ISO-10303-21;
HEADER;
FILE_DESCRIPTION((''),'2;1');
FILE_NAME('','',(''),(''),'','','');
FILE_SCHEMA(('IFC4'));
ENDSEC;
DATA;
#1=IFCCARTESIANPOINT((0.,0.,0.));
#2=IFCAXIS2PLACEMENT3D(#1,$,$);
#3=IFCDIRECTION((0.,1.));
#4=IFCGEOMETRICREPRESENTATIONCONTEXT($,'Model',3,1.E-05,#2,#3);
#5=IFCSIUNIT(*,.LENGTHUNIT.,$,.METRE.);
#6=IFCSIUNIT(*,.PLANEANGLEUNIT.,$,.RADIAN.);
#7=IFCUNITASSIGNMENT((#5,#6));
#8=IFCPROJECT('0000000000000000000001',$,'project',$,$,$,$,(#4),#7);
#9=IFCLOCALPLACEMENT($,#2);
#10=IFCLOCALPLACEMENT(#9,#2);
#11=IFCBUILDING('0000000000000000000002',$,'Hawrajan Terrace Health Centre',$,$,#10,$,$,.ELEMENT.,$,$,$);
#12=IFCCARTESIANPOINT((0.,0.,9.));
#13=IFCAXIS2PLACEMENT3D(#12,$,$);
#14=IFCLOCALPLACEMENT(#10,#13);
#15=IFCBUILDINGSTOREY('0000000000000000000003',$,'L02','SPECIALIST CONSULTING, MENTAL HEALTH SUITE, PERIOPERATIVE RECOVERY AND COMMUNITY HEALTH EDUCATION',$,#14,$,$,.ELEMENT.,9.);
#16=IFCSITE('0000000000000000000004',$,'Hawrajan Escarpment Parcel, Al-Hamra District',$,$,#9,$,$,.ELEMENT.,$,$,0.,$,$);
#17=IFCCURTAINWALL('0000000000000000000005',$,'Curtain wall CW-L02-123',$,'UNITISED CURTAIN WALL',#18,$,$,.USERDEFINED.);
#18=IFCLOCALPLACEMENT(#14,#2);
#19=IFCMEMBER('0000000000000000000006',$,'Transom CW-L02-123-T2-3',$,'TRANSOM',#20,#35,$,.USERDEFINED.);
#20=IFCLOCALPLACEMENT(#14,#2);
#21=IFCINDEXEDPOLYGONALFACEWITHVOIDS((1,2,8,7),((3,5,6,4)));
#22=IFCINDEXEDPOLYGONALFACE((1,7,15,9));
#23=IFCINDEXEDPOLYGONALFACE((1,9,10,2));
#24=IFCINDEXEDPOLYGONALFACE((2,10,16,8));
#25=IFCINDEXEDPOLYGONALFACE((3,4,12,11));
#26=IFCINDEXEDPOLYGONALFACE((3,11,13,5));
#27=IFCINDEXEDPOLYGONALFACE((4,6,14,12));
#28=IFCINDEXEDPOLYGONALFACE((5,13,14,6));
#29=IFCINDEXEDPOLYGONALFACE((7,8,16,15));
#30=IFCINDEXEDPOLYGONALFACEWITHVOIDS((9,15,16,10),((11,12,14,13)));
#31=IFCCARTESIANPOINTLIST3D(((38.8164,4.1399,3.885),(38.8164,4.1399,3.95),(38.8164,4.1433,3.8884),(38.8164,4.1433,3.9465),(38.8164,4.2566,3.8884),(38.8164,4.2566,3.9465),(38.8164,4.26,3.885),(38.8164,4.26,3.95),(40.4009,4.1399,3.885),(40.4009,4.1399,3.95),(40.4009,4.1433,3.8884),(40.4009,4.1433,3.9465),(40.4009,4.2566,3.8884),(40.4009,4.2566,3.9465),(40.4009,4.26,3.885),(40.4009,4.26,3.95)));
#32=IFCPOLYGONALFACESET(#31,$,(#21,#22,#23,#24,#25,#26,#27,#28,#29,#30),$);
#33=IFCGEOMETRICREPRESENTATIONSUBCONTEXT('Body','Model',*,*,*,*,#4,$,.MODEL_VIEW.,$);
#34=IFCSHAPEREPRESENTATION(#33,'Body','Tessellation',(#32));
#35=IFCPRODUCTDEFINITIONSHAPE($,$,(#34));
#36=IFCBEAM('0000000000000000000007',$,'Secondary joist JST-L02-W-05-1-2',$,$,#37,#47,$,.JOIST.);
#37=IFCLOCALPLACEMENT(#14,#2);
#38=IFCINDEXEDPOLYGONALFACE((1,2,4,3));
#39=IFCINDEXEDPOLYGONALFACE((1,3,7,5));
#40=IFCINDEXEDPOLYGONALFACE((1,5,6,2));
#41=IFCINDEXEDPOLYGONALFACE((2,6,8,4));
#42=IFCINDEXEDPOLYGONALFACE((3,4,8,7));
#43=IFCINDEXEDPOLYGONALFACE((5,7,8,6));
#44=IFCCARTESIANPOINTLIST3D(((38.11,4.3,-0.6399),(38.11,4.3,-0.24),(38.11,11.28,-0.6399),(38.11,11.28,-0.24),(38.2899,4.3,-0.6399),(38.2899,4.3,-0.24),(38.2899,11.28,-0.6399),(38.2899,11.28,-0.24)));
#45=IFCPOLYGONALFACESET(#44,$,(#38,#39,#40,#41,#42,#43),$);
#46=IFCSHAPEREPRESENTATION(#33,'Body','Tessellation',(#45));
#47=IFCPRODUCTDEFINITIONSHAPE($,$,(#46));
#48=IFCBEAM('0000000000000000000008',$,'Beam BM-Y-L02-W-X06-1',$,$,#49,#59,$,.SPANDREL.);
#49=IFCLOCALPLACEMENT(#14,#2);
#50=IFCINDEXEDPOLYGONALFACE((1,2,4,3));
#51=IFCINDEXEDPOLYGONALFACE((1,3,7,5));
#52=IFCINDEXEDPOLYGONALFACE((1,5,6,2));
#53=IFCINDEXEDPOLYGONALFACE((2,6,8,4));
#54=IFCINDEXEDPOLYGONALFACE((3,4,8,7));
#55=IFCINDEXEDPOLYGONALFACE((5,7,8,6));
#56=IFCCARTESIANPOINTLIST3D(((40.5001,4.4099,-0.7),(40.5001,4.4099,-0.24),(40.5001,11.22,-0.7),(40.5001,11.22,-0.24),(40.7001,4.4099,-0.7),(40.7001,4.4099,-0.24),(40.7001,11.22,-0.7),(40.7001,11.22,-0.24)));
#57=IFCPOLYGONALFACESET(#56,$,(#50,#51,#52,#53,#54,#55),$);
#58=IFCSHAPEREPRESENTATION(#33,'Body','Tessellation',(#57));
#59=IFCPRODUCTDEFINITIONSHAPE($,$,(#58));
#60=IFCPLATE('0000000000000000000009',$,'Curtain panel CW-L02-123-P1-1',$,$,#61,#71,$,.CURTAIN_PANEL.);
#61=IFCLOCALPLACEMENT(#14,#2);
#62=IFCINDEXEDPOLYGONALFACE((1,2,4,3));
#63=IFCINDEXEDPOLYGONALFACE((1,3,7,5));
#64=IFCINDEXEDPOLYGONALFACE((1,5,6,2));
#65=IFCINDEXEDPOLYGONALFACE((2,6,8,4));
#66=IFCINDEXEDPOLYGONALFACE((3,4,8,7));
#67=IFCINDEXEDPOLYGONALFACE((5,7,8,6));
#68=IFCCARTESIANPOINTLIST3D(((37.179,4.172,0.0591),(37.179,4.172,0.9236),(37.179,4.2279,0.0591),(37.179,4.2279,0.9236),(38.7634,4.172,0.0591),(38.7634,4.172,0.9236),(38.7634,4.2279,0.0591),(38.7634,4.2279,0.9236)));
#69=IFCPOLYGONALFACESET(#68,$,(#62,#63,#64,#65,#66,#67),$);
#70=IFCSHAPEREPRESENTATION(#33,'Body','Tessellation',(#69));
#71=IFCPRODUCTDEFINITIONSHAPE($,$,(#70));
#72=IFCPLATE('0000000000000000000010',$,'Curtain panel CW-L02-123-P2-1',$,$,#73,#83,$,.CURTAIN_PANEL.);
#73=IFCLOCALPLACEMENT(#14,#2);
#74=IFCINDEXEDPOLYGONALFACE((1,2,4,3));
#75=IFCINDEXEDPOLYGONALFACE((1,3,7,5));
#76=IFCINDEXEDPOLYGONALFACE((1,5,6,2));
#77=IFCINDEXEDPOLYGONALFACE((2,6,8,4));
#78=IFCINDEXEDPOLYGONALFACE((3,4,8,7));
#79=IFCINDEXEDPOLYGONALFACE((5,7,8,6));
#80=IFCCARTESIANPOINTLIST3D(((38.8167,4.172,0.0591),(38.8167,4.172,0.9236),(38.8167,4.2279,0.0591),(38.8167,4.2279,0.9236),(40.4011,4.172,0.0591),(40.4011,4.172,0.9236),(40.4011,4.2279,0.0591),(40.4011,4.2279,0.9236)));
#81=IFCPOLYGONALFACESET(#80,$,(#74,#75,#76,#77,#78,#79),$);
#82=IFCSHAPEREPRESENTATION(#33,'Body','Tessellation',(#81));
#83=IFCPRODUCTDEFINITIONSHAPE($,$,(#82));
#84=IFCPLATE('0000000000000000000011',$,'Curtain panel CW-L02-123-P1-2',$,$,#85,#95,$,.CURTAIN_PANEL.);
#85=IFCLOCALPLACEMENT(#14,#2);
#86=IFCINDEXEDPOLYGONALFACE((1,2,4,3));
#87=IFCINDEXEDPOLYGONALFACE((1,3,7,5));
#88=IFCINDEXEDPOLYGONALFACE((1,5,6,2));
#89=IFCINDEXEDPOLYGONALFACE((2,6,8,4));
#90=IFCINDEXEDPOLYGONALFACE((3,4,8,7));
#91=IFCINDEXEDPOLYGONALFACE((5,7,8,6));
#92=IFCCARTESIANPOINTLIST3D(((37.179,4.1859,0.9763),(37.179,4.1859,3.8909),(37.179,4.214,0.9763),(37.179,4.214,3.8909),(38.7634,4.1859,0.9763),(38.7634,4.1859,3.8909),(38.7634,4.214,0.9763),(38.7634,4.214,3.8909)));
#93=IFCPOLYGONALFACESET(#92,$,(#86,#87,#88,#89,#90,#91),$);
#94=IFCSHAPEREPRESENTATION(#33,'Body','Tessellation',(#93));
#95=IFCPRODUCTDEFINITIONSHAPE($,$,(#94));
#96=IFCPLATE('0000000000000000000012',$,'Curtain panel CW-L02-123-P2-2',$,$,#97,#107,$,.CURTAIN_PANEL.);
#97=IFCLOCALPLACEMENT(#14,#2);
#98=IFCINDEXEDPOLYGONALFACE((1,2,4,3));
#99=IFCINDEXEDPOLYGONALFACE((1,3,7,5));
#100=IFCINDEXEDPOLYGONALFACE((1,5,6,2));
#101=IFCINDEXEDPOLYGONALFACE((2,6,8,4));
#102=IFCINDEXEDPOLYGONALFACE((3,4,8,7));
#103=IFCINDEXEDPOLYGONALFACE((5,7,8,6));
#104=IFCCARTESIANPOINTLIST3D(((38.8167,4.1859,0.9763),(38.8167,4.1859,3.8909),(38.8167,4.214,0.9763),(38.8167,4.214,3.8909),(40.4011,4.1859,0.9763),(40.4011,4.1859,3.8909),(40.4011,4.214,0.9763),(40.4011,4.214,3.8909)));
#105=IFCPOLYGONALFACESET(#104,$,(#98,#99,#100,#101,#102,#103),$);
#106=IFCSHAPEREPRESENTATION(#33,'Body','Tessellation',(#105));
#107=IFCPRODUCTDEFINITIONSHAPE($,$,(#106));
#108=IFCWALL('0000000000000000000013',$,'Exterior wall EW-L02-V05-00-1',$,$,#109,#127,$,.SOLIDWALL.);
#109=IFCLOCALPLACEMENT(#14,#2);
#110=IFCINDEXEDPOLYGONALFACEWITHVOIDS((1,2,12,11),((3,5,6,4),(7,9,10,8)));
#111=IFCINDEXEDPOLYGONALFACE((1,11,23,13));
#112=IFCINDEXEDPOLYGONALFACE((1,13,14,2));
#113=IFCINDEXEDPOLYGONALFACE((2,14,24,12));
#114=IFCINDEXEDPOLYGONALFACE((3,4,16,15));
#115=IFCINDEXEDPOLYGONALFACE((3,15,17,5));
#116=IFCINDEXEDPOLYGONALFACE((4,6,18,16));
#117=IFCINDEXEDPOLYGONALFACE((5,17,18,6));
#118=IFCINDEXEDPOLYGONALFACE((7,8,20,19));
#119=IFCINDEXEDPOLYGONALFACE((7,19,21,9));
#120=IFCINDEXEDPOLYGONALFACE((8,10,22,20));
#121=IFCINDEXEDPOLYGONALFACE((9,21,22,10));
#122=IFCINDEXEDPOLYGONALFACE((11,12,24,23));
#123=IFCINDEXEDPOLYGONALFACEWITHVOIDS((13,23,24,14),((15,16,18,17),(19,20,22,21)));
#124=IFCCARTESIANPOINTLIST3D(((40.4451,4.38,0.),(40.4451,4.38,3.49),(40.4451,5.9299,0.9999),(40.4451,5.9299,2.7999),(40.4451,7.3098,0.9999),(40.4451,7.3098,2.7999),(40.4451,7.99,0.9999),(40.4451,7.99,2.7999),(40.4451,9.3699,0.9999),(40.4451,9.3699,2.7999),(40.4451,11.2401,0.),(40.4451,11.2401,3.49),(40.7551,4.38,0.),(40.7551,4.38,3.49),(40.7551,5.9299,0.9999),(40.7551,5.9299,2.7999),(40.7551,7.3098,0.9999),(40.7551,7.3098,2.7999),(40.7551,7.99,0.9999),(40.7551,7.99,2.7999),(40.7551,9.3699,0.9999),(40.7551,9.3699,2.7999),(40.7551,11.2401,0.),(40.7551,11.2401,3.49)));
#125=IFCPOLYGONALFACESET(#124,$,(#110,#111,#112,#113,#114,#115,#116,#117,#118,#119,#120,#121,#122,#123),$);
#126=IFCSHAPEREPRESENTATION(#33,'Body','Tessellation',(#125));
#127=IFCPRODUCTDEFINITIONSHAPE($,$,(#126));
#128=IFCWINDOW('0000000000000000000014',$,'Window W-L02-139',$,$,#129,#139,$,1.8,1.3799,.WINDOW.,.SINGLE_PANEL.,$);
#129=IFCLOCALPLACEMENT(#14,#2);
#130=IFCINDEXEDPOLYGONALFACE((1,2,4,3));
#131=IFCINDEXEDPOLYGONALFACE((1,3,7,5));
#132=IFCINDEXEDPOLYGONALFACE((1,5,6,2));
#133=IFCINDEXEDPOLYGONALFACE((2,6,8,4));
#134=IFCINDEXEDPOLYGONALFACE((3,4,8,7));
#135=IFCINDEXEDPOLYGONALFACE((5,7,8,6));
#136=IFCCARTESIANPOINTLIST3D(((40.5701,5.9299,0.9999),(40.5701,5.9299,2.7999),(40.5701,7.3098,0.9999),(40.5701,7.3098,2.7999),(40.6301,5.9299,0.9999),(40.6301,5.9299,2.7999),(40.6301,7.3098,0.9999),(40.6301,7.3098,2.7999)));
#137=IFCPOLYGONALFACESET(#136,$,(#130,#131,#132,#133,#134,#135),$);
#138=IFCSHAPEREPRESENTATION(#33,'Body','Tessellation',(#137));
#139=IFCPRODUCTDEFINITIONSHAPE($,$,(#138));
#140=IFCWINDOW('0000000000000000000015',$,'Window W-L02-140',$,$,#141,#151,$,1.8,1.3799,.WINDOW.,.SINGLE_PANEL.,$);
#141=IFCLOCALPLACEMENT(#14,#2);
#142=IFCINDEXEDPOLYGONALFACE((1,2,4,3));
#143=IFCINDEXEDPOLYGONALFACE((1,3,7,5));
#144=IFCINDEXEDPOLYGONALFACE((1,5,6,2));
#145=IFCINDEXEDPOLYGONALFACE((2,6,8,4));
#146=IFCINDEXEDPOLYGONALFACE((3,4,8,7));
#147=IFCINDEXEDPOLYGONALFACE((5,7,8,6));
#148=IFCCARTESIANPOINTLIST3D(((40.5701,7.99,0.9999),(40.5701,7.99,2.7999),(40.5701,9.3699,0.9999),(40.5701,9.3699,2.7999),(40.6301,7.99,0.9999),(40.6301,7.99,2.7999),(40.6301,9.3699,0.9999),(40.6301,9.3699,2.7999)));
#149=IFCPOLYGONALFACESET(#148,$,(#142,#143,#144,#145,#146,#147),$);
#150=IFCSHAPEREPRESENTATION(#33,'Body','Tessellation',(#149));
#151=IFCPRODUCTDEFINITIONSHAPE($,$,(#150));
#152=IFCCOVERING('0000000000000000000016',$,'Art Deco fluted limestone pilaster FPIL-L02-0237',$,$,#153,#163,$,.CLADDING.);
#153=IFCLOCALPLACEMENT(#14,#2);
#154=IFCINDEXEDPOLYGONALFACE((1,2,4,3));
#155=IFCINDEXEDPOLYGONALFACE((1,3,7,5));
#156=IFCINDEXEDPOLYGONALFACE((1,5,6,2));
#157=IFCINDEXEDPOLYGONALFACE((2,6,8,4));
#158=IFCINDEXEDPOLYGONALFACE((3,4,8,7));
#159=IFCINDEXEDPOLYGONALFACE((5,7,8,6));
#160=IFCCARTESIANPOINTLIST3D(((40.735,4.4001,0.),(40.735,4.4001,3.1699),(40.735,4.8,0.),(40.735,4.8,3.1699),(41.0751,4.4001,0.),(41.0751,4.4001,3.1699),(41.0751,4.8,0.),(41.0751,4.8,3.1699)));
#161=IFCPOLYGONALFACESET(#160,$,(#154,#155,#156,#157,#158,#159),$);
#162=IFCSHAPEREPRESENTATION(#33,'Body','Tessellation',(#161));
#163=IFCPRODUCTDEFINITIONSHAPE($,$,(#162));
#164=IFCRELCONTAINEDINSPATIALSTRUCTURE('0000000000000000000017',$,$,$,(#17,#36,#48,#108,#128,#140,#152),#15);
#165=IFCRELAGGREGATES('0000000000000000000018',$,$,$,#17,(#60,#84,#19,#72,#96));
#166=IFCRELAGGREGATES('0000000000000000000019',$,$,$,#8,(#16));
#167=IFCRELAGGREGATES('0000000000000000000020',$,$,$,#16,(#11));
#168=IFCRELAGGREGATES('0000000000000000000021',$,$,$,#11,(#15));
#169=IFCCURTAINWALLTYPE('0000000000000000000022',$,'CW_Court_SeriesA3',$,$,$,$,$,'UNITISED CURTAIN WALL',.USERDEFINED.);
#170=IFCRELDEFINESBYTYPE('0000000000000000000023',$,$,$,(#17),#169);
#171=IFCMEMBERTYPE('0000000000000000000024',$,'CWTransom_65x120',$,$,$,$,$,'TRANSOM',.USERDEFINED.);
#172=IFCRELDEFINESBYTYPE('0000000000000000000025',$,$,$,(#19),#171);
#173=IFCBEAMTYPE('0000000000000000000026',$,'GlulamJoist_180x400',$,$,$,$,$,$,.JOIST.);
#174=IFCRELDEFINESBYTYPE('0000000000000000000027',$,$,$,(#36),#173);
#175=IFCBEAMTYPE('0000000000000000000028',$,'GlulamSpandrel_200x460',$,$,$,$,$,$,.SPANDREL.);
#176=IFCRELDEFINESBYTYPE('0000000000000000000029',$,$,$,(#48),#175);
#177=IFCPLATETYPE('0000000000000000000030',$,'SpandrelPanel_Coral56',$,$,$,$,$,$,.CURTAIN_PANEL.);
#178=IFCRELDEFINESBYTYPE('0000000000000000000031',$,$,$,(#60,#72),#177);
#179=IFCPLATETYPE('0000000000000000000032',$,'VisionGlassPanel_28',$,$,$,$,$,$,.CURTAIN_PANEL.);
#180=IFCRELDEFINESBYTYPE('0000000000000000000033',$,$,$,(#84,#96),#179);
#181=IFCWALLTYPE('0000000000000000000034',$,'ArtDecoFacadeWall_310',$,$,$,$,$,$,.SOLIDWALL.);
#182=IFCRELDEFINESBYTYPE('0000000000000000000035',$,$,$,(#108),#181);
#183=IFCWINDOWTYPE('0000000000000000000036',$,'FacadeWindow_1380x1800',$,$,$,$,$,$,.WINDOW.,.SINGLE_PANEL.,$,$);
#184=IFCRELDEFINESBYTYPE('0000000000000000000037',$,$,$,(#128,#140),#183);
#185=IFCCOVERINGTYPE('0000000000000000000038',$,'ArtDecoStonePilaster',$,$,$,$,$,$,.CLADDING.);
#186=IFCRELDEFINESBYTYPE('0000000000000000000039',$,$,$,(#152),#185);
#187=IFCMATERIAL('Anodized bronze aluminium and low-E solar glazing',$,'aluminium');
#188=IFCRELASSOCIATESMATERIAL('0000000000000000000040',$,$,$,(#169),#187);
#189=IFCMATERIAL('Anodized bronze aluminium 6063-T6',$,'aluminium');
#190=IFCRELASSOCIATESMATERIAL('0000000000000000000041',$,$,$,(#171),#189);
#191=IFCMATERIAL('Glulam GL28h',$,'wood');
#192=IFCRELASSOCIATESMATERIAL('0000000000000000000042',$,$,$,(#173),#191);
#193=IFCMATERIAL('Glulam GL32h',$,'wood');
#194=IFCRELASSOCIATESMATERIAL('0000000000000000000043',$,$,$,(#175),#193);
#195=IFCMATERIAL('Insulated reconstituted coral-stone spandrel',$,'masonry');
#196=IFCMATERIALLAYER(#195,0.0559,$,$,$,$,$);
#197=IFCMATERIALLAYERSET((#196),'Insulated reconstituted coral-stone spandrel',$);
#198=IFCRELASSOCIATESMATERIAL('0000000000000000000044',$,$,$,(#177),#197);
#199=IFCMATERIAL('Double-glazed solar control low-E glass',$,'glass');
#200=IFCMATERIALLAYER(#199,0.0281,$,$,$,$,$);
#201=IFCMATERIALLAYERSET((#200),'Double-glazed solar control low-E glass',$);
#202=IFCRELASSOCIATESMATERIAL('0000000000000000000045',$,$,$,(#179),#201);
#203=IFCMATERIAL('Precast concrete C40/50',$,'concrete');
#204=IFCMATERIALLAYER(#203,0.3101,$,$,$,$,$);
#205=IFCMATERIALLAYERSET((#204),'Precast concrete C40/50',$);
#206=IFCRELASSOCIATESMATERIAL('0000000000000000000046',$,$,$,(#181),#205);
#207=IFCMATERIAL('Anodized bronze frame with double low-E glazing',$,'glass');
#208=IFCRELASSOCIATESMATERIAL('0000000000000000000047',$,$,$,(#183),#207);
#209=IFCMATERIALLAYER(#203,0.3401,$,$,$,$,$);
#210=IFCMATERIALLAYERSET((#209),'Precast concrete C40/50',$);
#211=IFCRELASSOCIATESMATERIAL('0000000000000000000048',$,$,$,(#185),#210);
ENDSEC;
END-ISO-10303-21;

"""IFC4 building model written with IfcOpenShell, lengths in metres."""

from ifc_helpers import new_model, si_unit, direction, frame, frame_2d, origin, origin_2d, place, context, subcontext, project, spatial, rectangle, hollow_rectangle, extrude, material, layer, layer_set, material_profile, profile_set, type_object, element, fill, aggregate, save


model = new_model("IFC4")

# Units and contexts
model_context = context("Model", 3, precision=1e-05, world=origin(), true_north=direction((0.0, 1.0)))
body_context = subcontext(model_context, "Body", "Model", "MODEL_VIEW")
ifc_project = project(units=[si_unit("LENGTHUNIT", "METRE"), si_unit("PLANEANGLEUNIT", "RADIAN")], contexts=[model_context])

# Site, building, storey
site_placement = place(None, origin())
site = spatial("IfcSite", under=ifc_project, at=site_placement, Name="Hawrajan Escarpment Parcel, Al-Hamra District", CompositionType="ELEMENT", RefElevation=0.0)
building_placement = place(site_placement, origin())
building = spatial("IfcBuilding", under=site, at=building_placement, Name="Hawrajan Terrace Health Centre", CompositionType="ELEMENT")
storey_placement = place(building_placement, frame((0.0, 0.0, 9.0)))
storey = spatial("IfcBuildingStorey", under=building, at=storey_placement, Name="L02", Description="SPECIALIST CONSULTING, MENTAL HEALTH SUITE, PERIOPERATIVE RECOVERY AND COMMUNITY HEALTH EDUCATION", CompositionType="ELEMENT", Elevation=9.0)

# Shared definitions
ifc_material_1 = material(Name="Glulam GL32h", Category="wood")

# Curtain wall
ifc_material_2 = material(Name="Anodized bronze aluminium and low-E solar glazing", Category="aluminium")
curtain_wall_type_1 = type_object("IfcCurtainWallType", Name="CW_Court_SeriesA3", ElementType="UNITISED CURTAIN WALL", PredefinedType="USERDEFINED", material=ifc_material_2)
curtain_wall_1_placement = place(storey_placement, origin())
curtain_wall_1 = element("IfcCurtainWall", 1, at=curtain_wall_1_placement, inside=storey, type_object=curtain_wall_type_1, Name="Curtain wall CW-L02-123", ObjectType="UNITISED CURTAIN WALL", PredefinedType="USERDEFINED")
ifc_material_3 = material(Name="Anodized bronze aluminium 6063-T6", Category="aluminium")

# Member
ifc_material_profile_1 = material_profile(ifc_material_3, hollow_rectangle(XDim=0.0649, YDim=0.1201, WallThickness=0.0034, at=origin_2d()), Name="CW TRN 65x120")
ifc_profile_set_1 = profile_set([ifc_material_profile_1], Name="Anodized bronze aluminium 6063-T6")
member_type_1 = type_object("IfcMemberType", Name="CWTransom_65x120", ElementType="TRANSOM", PredefinedType="USERDEFINED", material=ifc_profile_set_1)
member_1_placement = place(storey_placement, frame((38.8164, 4.2, 3.9175), z_axis=(1.0, 0.0, 0.0), x_axis=(0.0, 0.0, 1.0)))
member_1 = element("IfcMember", 2, at=member_1_placement, type_object=member_type_1, Name="Transom CW-L02-123-T2-3", ObjectType="TRANSOM", PredefinedType="USERDEFINED", context=body_context, shape_type="SweptSolid", body=[
    extrude(hollow_rectangle(XDim=0.0649, YDim=0.1201, WallThickness=0.0034, at=origin_2d()), origin(), (0.0, 0.0, 1.0), 1.5845),
])

# Beams
ifc_material_4 = material(Name="Glulam GL28h", Category="wood")
ifc_material_profile_2 = material_profile(ifc_material_4, rectangle(XDim=0.1799, YDim=0.3999, at=origin_2d()), Name="GL JST 180x400")
ifc_profile_set_2 = profile_set([ifc_material_profile_2], Name="Glulam GL28h")
beam_type_1 = type_object("IfcBeamType", Name="GlulamJoist_180x400", PredefinedType="JOIST", material=ifc_profile_set_2)
beam_1_placement = place(storey_placement, frame((38.2, 4.3, -0.4399), z_axis=(0.0, 1.0, 0.0), x_axis=(-1.0, 0.0, 0.0)))
element("IfcBeam", 3, at=beam_1_placement, inside=storey, type_object=beam_type_1, Name="Secondary joist JST-L02-W-05-1-2", PredefinedType="JOIST", context=body_context, shape_type="SweptSolid", body=[
    extrude(rectangle(XDim=0.1799, YDim=0.3999, at=origin_2d()), origin(), (0.0, 0.0, 1.0), 6.98),
])
ifc_material_profile_3 = material_profile(ifc_material_1, rectangle(XDim=0.2, YDim=0.46, at=origin_2d()), Name="GL SP 200x460")
ifc_profile_set_3 = profile_set([ifc_material_profile_3], Name="Glulam GL32h")
beam_type_2 = type_object("IfcBeamType", Name="GlulamSpandrel_200x460", PredefinedType="SPANDREL", material=ifc_profile_set_3)
beam_2_placement = place(storey_placement, frame((40.6001, 4.4099, -0.47), z_axis=(0.0, 1.0, 0.0), x_axis=(-1.0, 0.0, 0.0)))
element("IfcBeam", 4, at=beam_2_placement, inside=storey, type_object=beam_type_2, Name="Beam BM-Y-L02-W-X06-1", PredefinedType="SPANDREL", context=body_context, shape_type="SweptSolid", body=[
    extrude(rectangle(XDim=0.2, YDim=0.46, at=origin_2d()), origin(), (0.0, 0.0, 1.0), 6.8101),
])

# Plates
ifc_material_5 = material(Name="Insulated reconstituted coral-stone spandrel", Category="masonry")
ifc_layer_1 = layer(ifc_material_5, 0.0559)
ifc_layer_set_1 = layer_set([ifc_layer_1], Name="Insulated reconstituted coral-stone spandrel")
plate_type_1 = type_object("IfcPlateType", Name="SpandrelPanel_Coral56", PredefinedType="CURTAIN_PANEL", material=ifc_layer_set_1)
plate_1_placement = place(storey_placement, frame((37.9712, 4.2, 0.0591), z_axis=(0.0, 0.0, 1.0), x_axis=(1.0, 0.0, 0.0)))
plate_1 = element("IfcPlate", 5, at=plate_1_placement, type_object=plate_type_1, Name="Curtain panel CW-L02-123-P1-1", PredefinedType="CURTAIN_PANEL", context=body_context, shape_type="SweptSolid", body=[
    extrude(rectangle(XDim=1.5845, YDim=0.0559, at=origin_2d()), origin(), (0.0, 0.0, 1.0), 0.8645),
])
plate_2_placement = place(storey_placement, frame((39.6089, 4.2, 0.0591), z_axis=(0.0, 0.0, 1.0), x_axis=(1.0, 0.0, 0.0)))
plate_2 = element("IfcPlate", 6, at=plate_2_placement, type_object=plate_type_1, Name="Curtain panel CW-L02-123-P2-1", PredefinedType="CURTAIN_PANEL", context=body_context, shape_type="SweptSolid", body=[
    extrude(rectangle(XDim=1.5845, YDim=0.0559, at=origin_2d()), origin(), (0.0, 0.0, 1.0), 0.8645),
])
ifc_material_6 = material(Name="Double-glazed solar control low-E glass", Category="glass")
ifc_layer_2 = layer(ifc_material_6, 0.0281)
ifc_layer_set_2 = layer_set([ifc_layer_2], Name="Double-glazed solar control low-E glass")
plate_type_2 = type_object("IfcPlateType", Name="VisionGlassPanel_28", PredefinedType="CURTAIN_PANEL", material=ifc_layer_set_2)
plate_3_placement = place(storey_placement, frame((37.9712, 4.2, 0.9763), z_axis=(0.0, 0.0, 1.0), x_axis=(1.0, 0.0, 0.0)))
plate_3 = element("IfcPlate", 7, at=plate_3_placement, type_object=plate_type_2, Name="Curtain panel CW-L02-123-P1-2", PredefinedType="CURTAIN_PANEL", context=body_context, shape_type="SweptSolid", body=[
    extrude(rectangle(XDim=1.5845, YDim=0.0281, at=origin_2d()), origin(), (0.0, 0.0, 1.0), 2.9146),
])
plate_4_placement = place(storey_placement, frame((39.6089, 4.2, 0.9763), z_axis=(0.0, 0.0, 1.0), x_axis=(1.0, 0.0, 0.0)))
plate_4 = element("IfcPlate", 8, at=plate_4_placement, type_object=plate_type_2, Name="Curtain panel CW-L02-123-P2-2", PredefinedType="CURTAIN_PANEL", context=body_context, shape_type="SweptSolid", body=[
    extrude(rectangle(XDim=1.5845, YDim=0.0281, at=origin_2d()), origin(), (0.0, 0.0, 1.0), 2.9146),
])
aggregate(curtain_wall_1, [plate_1, plate_3, member_1, plate_2, plate_4])

# Wall, openings, windows
ifc_material_7 = material(Name="Precast concrete C40/50", Category="concrete")
ifc_layer_3 = layer(ifc_material_7, 0.3101)
ifc_layer_set_3 = layer_set([ifc_layer_3], Name="Precast concrete C40/50")
wall_type = type_object("IfcWallType", Name="ArtDecoFacadeWall_310", PredefinedType="SOLIDWALL", material=ifc_layer_set_3)
wall_placement = place(storey_placement, frame((40.6001, 4.3799, 0.0), z_axis=(0.0, 0.0, 1.0), x_axis=(0.0, 1.0, 0.0)))
wall = element("IfcWall", 9, at=wall_placement, inside=storey, type_object=wall_type, Name="Exterior wall EW-L02-V05-00-1", PredefinedType="SOLIDWALL", context=body_context, shape_type="SweptSolid", body=[
    extrude(rectangle(XDim=6.8601, YDim=0.3101, at=frame_2d((3.4302, 0.0))), origin(), (0.0, 0.0, 1.0), 3.49),
])
opening_1_placement = place(wall_placement, frame((1.55, 0.0, 1.0)))
opening_1 = element("IfcOpeningElement", 10, at=opening_1_placement, cuts=wall, PredefinedType="OPENING", context=body_context, shape_type="SweptSolid", body=[
    extrude(rectangle(XDim=1.3799, YDim=1.8, at=frame_2d((0.6899, 0.8999))), frame((0.0, 0.165, 0.0), z_axis=(0.0, -1.0, 0.0), x_axis=(1.0, 0.0, 0.0)), (0.0, 0.0, 1.0), 0.3301),
])
opening_2_placement = place(wall_placement, frame((3.6101, 0.0, 1.0)))
opening_2 = element("IfcOpeningElement", 11, at=opening_2_placement, cuts=wall, PredefinedType="OPENING", context=body_context, shape_type="SweptSolid", body=[
    extrude(rectangle(XDim=1.3799, YDim=1.8, at=frame_2d((0.6899, 0.8999))), frame((0.0, 0.165, 0.0), z_axis=(0.0, -1.0, 0.0), x_axis=(1.0, 0.0, 0.0)), (0.0, 0.0, 1.0), 0.3301),
])
ifc_material_8 = material(Name="Anodized bronze frame with double low-E glazing", Category="glass")
window_type = type_object("IfcWindowType", Name="FacadeWindow_1380x1800", PartitioningType="SINGLE_PANEL", PredefinedType="WINDOW", material=ifc_material_8)
window_1_placement = place(opening_1_placement, origin())
window_1 = element("IfcWindow", 12, at=window_1_placement, inside=storey, type_object=window_type, Name="Window W-L02-139", OverallHeight=1.8, OverallWidth=1.3799, PartitioningType="SINGLE_PANEL", PredefinedType="WINDOW", context=body_context, shape_type="SweptSolid", body=[
    extrude(rectangle(XDim=1.3799, YDim=1.8, at=frame_2d((0.6899, 0.8999))), frame((0.0, 0.03, 0.0), z_axis=(0.0, -1.0, 0.0), x_axis=(1.0, 0.0, 0.0)), (0.0, 0.0, 1.0), 0.0601),
])
fill(opening_1, window_1)
window_2_placement = place(opening_2_placement, origin())
window_2 = element("IfcWindow", 13, at=window_2_placement, inside=storey, type_object=window_type, Name="Window W-L02-140", OverallHeight=1.8, OverallWidth=1.3799, PartitioningType="SINGLE_PANEL", PredefinedType="WINDOW", context=body_context, shape_type="SweptSolid", body=[
    extrude(rectangle(XDim=1.3799, YDim=1.8, at=frame_2d((0.6899, 0.8999))), frame((0.0, 0.03, 0.0), z_axis=(0.0, -1.0, 0.0), x_axis=(1.0, 0.0, 0.0)), (0.0, 0.0, 1.0), 0.0601),
])
fill(opening_2, window_2)

# Covering
ifc_layer_4 = layer(ifc_material_7, 0.3401)
ifc_layer_set_4 = layer_set([ifc_layer_4], Name="Precast concrete C40/50")
covering_type = type_object("IfcCoveringType", Name="ArtDecoStonePilaster", PredefinedType="CLADDING", material=ifc_layer_set_4)
covering_placement = place(storey_placement, frame((40.905, 4.6001, 0.0), z_axis=(0.0, 0.0, 1.0), x_axis=(0.0, 1.0, 0.0)))
element("IfcCovering", 14, at=covering_placement, inside=storey, type_object=covering_type, Name="Art Deco fluted limestone pilaster FPIL-L02-0237", PredefinedType="CLADDING", context=body_context, shape_type="SweptSolid", body=[
    extrude(rectangle(XDim=0.3999, YDim=0.3401, at=origin_2d()), origin(), (0.0, 0.0, 1.0), 3.1699),
])

save(model, "model.ifc")
